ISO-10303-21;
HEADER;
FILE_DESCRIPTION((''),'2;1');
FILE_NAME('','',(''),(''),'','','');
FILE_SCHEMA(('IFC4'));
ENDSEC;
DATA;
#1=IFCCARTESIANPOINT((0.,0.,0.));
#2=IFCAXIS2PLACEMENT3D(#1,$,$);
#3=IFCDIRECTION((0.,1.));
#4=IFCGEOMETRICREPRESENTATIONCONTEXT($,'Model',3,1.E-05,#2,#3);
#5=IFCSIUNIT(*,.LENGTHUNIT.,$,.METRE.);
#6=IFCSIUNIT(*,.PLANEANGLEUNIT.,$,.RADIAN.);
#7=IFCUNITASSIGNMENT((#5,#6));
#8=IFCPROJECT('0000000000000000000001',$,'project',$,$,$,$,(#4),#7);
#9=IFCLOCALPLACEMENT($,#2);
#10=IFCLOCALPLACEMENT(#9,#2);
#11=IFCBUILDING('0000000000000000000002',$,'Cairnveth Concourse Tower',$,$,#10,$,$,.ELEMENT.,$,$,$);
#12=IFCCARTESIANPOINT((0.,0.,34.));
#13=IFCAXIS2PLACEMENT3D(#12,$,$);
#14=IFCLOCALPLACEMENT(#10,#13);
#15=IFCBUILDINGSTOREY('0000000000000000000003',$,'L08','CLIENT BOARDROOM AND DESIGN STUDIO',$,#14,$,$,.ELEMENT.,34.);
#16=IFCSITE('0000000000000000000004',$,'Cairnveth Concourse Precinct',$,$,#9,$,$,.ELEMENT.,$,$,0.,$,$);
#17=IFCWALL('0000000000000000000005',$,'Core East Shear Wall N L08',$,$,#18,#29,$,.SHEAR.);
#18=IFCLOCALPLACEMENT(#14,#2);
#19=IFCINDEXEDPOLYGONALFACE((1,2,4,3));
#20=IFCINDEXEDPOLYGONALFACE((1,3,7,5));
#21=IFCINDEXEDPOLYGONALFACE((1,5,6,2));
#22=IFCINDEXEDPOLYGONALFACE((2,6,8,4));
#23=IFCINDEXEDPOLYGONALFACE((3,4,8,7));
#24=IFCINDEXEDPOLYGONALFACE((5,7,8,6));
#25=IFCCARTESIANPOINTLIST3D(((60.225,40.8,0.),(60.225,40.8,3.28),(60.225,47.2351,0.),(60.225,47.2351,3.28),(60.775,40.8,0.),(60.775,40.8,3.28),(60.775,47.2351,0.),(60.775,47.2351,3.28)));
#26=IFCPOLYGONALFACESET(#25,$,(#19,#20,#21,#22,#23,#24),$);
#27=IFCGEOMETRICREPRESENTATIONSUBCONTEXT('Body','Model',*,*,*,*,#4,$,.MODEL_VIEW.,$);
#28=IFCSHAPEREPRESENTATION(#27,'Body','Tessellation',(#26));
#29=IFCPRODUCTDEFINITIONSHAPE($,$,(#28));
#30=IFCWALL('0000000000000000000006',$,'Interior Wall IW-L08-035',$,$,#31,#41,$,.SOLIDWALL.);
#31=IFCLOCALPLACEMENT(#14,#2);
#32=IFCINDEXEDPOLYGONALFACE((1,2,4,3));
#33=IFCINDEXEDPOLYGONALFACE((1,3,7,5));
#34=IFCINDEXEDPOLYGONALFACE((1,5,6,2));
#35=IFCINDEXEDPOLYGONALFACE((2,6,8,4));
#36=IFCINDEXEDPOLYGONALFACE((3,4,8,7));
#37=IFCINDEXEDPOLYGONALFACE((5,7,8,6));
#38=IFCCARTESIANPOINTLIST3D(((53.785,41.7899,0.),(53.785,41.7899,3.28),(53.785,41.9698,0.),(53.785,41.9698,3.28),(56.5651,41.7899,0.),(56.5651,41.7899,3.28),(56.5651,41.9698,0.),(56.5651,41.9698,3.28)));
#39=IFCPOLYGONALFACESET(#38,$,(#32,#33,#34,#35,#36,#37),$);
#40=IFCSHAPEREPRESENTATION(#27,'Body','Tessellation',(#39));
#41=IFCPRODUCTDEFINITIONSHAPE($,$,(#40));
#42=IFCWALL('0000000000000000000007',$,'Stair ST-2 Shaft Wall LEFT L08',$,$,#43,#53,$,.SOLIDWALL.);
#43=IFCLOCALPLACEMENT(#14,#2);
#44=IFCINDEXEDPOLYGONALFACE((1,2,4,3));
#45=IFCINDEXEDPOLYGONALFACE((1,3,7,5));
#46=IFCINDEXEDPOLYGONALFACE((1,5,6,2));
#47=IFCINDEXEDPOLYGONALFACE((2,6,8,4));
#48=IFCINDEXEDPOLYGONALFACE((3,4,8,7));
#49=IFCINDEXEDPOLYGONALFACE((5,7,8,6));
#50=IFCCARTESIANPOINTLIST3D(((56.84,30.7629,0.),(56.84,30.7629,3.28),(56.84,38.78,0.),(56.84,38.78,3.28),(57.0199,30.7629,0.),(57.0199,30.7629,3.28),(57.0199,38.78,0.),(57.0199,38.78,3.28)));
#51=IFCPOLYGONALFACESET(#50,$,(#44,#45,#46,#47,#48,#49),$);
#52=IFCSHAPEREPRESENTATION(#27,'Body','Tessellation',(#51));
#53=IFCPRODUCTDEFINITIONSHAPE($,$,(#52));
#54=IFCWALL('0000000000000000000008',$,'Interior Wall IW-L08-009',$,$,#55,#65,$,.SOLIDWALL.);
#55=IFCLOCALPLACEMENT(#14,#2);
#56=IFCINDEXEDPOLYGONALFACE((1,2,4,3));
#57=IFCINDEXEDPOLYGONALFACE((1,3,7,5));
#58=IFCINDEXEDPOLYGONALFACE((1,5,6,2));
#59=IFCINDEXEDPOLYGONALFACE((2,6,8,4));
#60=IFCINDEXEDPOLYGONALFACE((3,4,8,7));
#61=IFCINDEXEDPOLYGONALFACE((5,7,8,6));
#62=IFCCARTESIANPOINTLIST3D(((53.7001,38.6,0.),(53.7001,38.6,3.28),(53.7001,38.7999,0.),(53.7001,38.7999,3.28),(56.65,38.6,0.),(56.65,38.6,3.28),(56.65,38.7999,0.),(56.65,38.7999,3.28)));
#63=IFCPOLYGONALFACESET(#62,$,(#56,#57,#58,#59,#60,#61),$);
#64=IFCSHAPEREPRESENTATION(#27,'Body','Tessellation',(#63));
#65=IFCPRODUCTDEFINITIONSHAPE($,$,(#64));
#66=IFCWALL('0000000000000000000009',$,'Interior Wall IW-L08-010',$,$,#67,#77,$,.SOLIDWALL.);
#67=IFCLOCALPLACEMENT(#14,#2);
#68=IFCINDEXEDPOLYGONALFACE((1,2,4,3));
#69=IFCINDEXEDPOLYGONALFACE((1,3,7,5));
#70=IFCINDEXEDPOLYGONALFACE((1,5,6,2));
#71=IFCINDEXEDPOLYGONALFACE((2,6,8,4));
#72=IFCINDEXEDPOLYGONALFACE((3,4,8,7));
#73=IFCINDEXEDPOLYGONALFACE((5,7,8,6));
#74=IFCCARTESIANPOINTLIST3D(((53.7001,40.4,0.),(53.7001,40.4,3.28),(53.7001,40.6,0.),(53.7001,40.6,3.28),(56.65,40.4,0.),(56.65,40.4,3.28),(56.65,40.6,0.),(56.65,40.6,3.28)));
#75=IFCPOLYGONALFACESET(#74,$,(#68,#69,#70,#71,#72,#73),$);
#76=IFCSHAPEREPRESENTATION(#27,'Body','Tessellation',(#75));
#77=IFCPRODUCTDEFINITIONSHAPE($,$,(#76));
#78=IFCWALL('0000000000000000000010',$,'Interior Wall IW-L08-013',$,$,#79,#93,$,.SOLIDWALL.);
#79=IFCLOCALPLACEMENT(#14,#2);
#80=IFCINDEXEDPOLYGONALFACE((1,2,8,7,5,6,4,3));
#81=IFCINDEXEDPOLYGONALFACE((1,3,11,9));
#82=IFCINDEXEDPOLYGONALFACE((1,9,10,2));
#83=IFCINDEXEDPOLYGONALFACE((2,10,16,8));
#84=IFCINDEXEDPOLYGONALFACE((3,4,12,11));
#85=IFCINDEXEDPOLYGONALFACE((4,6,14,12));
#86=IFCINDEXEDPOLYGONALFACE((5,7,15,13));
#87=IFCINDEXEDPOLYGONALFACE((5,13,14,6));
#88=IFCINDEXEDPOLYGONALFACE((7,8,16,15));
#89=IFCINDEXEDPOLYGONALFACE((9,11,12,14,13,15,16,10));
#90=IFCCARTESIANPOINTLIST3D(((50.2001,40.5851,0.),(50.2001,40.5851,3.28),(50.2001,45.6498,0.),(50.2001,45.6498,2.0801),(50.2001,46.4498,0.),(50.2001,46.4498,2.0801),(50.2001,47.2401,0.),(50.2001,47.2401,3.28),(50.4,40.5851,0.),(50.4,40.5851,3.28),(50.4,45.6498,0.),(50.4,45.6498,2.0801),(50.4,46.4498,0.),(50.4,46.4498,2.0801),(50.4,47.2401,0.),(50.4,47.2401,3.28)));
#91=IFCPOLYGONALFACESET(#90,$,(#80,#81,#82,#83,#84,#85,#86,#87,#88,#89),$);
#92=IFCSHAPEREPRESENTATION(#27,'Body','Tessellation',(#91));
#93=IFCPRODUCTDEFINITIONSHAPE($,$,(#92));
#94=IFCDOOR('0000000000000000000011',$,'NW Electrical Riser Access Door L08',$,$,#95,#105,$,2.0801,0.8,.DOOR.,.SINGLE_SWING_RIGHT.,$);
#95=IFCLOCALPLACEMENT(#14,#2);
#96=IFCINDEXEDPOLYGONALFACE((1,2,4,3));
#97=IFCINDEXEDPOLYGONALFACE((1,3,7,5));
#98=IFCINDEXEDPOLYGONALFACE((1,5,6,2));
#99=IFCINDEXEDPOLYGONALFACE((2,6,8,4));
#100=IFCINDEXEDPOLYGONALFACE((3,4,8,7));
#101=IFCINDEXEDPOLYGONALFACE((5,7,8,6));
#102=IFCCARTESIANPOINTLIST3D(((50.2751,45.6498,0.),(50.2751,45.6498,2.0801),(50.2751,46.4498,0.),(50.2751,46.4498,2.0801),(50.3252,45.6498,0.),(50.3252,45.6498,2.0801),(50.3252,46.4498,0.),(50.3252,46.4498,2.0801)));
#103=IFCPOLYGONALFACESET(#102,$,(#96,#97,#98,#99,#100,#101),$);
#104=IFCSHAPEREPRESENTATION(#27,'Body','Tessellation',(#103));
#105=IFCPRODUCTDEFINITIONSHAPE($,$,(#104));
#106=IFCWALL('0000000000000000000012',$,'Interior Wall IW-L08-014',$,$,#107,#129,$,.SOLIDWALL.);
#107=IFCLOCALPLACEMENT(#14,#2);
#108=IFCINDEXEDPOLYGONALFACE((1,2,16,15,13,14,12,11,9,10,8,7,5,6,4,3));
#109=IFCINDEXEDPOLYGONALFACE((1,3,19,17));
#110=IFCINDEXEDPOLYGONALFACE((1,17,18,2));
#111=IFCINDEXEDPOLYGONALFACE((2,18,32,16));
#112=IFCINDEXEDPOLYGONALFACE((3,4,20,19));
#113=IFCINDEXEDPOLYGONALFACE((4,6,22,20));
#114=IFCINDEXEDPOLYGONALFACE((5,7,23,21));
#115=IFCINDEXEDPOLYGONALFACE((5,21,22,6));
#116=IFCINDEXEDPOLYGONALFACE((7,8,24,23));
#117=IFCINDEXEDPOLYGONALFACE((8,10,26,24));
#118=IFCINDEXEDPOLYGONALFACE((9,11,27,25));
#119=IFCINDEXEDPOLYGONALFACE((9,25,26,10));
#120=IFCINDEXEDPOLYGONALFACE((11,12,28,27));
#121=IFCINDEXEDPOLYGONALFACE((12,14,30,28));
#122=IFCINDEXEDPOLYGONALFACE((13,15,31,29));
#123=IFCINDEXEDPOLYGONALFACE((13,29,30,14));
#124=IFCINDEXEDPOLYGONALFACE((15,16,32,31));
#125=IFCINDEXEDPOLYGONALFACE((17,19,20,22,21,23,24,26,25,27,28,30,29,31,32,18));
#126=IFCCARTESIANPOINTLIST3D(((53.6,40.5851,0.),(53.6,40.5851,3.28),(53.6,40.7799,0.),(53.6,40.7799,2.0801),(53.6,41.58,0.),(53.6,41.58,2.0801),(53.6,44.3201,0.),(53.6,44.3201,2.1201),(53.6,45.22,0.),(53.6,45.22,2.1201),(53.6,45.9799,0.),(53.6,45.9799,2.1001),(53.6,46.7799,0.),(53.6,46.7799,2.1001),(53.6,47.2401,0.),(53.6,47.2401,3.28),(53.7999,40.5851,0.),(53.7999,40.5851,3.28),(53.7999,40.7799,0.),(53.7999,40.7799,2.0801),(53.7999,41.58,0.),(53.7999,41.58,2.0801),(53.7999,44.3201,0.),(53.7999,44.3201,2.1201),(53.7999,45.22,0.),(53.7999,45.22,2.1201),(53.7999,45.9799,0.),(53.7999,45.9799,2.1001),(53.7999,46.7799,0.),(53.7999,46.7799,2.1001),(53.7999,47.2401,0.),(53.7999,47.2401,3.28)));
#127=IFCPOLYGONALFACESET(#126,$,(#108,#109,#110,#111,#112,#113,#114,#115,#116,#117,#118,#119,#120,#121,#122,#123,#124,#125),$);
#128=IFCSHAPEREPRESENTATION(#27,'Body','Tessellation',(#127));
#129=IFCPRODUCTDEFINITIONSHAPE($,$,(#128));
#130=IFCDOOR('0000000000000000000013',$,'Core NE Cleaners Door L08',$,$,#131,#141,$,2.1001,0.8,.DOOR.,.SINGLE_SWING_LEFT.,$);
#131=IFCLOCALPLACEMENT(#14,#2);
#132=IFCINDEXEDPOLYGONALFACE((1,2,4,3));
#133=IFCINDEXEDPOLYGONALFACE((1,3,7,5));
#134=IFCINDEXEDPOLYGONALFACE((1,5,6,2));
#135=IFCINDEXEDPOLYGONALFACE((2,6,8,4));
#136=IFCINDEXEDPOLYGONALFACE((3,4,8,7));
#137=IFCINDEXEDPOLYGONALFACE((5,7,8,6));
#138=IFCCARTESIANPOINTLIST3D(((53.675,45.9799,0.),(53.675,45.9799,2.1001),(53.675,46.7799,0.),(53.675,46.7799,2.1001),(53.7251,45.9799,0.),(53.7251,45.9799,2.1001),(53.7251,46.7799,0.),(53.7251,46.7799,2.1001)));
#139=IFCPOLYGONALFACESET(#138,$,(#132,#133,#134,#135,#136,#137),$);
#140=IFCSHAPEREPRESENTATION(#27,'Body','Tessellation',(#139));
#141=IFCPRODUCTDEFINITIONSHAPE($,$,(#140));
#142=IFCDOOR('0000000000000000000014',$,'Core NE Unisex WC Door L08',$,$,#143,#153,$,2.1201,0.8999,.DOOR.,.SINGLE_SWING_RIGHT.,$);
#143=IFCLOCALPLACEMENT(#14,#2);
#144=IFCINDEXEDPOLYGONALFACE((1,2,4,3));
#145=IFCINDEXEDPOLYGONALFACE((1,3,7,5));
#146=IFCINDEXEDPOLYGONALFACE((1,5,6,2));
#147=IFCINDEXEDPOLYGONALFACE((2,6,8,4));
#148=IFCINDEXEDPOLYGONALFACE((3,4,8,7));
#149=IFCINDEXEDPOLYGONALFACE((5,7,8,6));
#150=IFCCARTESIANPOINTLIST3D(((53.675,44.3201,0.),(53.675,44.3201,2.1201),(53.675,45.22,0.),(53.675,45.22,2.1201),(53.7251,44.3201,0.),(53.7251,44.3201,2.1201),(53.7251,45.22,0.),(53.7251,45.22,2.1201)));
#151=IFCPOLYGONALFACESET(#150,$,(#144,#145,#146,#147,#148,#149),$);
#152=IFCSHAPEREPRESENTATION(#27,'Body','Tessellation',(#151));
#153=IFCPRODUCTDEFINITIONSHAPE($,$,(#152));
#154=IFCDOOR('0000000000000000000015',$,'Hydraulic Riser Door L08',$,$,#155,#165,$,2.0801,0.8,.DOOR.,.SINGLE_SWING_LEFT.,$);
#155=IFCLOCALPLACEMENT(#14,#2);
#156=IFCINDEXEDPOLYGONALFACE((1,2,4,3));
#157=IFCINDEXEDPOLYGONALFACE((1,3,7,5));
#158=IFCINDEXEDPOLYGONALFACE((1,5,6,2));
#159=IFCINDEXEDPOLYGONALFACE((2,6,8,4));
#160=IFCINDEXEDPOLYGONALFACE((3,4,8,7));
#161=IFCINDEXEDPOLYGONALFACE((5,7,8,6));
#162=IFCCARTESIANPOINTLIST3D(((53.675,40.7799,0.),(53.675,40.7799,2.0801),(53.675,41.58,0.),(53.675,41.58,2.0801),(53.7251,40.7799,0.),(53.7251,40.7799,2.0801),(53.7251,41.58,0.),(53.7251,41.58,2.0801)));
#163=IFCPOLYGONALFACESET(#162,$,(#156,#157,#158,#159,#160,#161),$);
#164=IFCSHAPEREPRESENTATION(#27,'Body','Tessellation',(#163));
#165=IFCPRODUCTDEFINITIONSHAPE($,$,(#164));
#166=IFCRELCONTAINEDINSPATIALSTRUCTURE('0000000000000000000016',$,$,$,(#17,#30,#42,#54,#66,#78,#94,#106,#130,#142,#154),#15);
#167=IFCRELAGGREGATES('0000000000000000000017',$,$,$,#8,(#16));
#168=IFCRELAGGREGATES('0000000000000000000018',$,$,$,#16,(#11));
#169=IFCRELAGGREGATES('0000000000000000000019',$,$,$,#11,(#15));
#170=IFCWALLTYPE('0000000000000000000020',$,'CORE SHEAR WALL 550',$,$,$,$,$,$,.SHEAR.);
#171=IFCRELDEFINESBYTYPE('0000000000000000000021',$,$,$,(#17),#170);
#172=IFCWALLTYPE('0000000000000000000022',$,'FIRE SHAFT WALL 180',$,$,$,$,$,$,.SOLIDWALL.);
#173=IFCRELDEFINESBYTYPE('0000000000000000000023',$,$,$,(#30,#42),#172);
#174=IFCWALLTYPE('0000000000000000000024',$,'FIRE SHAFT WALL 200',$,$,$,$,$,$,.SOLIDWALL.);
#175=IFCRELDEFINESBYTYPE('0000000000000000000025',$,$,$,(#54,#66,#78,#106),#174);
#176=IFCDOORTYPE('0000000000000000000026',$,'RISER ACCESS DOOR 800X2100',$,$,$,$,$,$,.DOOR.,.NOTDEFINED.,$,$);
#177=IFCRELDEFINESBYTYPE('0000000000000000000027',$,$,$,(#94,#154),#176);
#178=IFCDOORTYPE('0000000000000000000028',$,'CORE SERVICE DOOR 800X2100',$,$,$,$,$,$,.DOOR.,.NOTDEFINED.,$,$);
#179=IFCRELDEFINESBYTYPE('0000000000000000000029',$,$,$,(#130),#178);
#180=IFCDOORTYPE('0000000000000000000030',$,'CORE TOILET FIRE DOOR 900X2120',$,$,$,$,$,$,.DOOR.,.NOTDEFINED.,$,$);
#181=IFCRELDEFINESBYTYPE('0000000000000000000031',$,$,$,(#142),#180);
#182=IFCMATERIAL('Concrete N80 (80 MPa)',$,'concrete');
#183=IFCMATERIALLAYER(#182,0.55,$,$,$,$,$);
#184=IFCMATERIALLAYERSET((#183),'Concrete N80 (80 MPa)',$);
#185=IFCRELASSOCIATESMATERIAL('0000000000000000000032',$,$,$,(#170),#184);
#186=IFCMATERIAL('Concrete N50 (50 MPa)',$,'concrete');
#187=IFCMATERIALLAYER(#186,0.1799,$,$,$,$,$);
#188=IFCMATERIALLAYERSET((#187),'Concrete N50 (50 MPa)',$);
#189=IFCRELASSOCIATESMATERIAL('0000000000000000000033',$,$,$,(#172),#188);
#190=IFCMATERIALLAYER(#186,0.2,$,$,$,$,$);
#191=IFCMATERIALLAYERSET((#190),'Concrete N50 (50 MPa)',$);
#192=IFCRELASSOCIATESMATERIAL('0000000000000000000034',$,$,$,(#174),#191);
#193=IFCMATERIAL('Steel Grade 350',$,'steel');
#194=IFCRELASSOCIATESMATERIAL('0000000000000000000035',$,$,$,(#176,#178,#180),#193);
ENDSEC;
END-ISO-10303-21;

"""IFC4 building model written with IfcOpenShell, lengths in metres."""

from ifc_helpers import new_model, si_unit, direction, frame, frame_2d, origin, place, context, subcontext, project, spatial, rectangle, extrude, material, layer, layer_set, type_object, element, fill, save


model = new_model("IFC4")

# Units and contexts
model_context = context("Model", 3, precision=1e-05, world=origin(), true_north=direction((0.0, 1.0)))
body_context = subcontext(model_context, "Body", "Model", "MODEL_VIEW")
ifc_project = project(units=[si_unit("LENGTHUNIT", "METRE"), si_unit("PLANEANGLEUNIT", "RADIAN")], contexts=[model_context])

# Site, building, storey
site_placement = place(None, origin())
site = spatial("IfcSite", under=ifc_project, at=site_placement, Name="Cairnveth Concourse Precinct", CompositionType="ELEMENT", RefElevation=0.0)
building_placement = place(site_placement, origin())
building = spatial("IfcBuilding", under=site, at=building_placement, Name="Cairnveth Concourse Tower", CompositionType="ELEMENT")
storey_placement = place(building_placement, frame((0.0, 0.0, 34.0)))
storey = spatial("IfcBuildingStorey", under=building, at=storey_placement, Name="L08", Description="CLIENT BOARDROOM AND DESIGN STUDIO", CompositionType="ELEMENT", Elevation=34.0)

# Walls
ifc_material_1 = material(Name="Concrete N80 (80 MPa)", Category="concrete")
ifc_layer_1 = layer(ifc_material_1, 0.55)
ifc_layer_set_1 = layer_set([ifc_layer_1], Name="Concrete N80 (80 MPa)")
wall_type_1 = type_object("IfcWallType", Name="CORE SHEAR WALL 550", PredefinedType="SHEAR", material=ifc_layer_set_1)
wall_1_placement = place(storey_placement, frame((60.5, 40.8, 0.0), z_axis=(0.0, 0.0, 1.0), x_axis=(0.0, 1.0, 0.0)))
element("IfcWall", 1, at=wall_1_placement, inside=storey, type_object=wall_type_1, Name="Core East Shear Wall N L08", PredefinedType="SHEAR", context=body_context, shape_type="SweptSolid", body=[
    extrude(rectangle(XDim=6.4351, YDim=0.55, at=frame_2d((3.2175, 0.0))), origin(), (0.0, 0.0, 1.0), 3.28),
])
ifc_material_2 = material(Name="Concrete N50 (50 MPa)", Category="concrete")
ifc_layer_2 = layer(ifc_material_2, 0.1799)
ifc_layer_set_2 = layer_set([ifc_layer_2], Name="Concrete N50 (50 MPa)")
wall_type_2 = type_object("IfcWallType", Name="FIRE SHAFT WALL 180", PredefinedType="SOLIDWALL", material=ifc_layer_set_2)
wall_2_placement = place(storey_placement, frame((53.7849, 41.8799, 0.0), z_axis=(0.0, 0.0, 1.0), x_axis=(1.0, 0.0, 0.0)))
element("IfcWall", 2, at=wall_2_placement, inside=storey, type_object=wall_type_2, Name="Interior Wall IW-L08-035", PredefinedType="SOLIDWALL", context=body_context, shape_type="SweptSolid", body=[
    extrude(rectangle(XDim=2.78, YDim=0.1799, at=frame_2d((1.3901, 0.0))), origin(), (0.0, 0.0, 1.0), 3.28),
])

# Shared definitions
ifc_material_3 = material(Name="Steel Grade 350", Category="steel")

# Walls
wall_3_placement = place(storey_placement, frame((56.9299, 38.78, 0.0), z_axis=(0.0, 0.0, 1.0), x_axis=(0.0, -1.0, 0.0)))
element("IfcWall", 3, at=wall_3_placement, inside=storey, type_object=wall_type_2, Name="Stair ST-2 Shaft Wall LEFT L08", PredefinedType="SOLIDWALL", context=body_context, shape_type="SweptSolid", body=[
    extrude(rectangle(XDim=8.0171, YDim=0.1799, at=frame_2d((4.0085, 0.0))), origin(), (0.0, 0.0, 1.0), 3.28),
])
ifc_layer_3 = layer(ifc_material_2, 0.2)
ifc_layer_set_3 = layer_set([ifc_layer_3], Name="Concrete N50 (50 MPa)")
wall_type_3 = type_object("IfcWallType", Name="FIRE SHAFT WALL 200", PredefinedType="SOLIDWALL", material=ifc_layer_set_3)
for number, where, z_axis, x_axis, name in (
    (4, (53.7, 38.7, 0.0), (0.0, 0.0, 1.0), (1.0, 0.0, 0.0), "Interior Wall IW-L08-009"),
    (5, (53.7, 40.5, 0.0), (0.0, 0.0, 1.0), (1.0, 0.0, 0.0), "Interior Wall IW-L08-010"),
):
    element("IfcWall", number, at=place(storey_placement, frame(where, z_axis=z_axis, x_axis=x_axis)), inside=storey, type_object=wall_type_3, Name=name, PredefinedType="SOLIDWALL", context=body_context, shape_type="SweptSolid", body=[
        extrude(rectangle(XDim=2.95, YDim=0.2, at=frame_2d((1.4751, 0.0))), origin(), (0.0, 0.0, 1.0), 3.28),
    ])

# Wall, opening, door
wall_4_placement = place(storey_placement, frame((50.3, 40.585, 0.0), z_axis=(0.0, 0.0, 1.0), x_axis=(0.0, 1.0, 0.0)))
wall_4 = element("IfcWall", 6, at=wall_4_placement, inside=storey, type_object=wall_type_3, Name="Interior Wall IW-L08-013", PredefinedType="SOLIDWALL", context=body_context, shape_type="SweptSolid", body=[
    extrude(rectangle(XDim=6.655, YDim=0.2, at=frame_2d((3.3276, 0.0))), origin(), (0.0, 0.0, 1.0), 3.28),
])
opening_1_placement = place(wall_4_placement, frame((5.0649, 0.0, 0.0)))
opening_1 = element("IfcOpeningElement", 7, at=opening_1_placement, cuts=wall_4, PredefinedType="OPENING", context=body_context, shape_type="SweptSolid", body=[
    extrude(rectangle(XDim=0.8, YDim=2.0801, at=frame_2d((0.3999, 1.04))), frame((0.0, 0.1099, 0.0), z_axis=(0.0, -1.0, 0.0), x_axis=(1.0, 0.0, 0.0)), (0.0, 0.0, 1.0), 0.22),
])
door_type_1 = type_object("IfcDoorType", Name="RISER ACCESS DOOR 800X2100", OperationType="NOTDEFINED", PredefinedType="DOOR", material=ifc_material_3)
door_1_placement = place(opening_1_placement, origin())
door_1 = element("IfcDoor", 8, at=door_1_placement, inside=storey, type_object=door_type_1, Name="NW Electrical Riser Access Door L08", OperationType="SINGLE_SWING_RIGHT", OverallHeight=2.0801, OverallWidth=0.8, PredefinedType="DOOR", context=body_context, shape_type="SweptSolid", body=[
    extrude(rectangle(XDim=0.8, YDim=2.0801, at=frame_2d((0.3999, 1.04))), frame((0.0, 0.0249, 0.0), z_axis=(0.0, -1.0, 0.0), x_axis=(1.0, 0.0, 0.0)), (0.0, 0.0, 1.0), 0.05),
])
fill(opening_1, door_1)

# Wall, openings, doors
wall_5_placement = place(storey_placement, frame((53.7, 40.585, 0.0), z_axis=(0.0, 0.0, 1.0), x_axis=(0.0, 1.0, 0.0)))
wall_5 = element("IfcWall", 9, at=wall_5_placement, inside=storey, type_object=wall_type_3, Name="Interior Wall IW-L08-014", PredefinedType="SOLIDWALL", context=body_context, shape_type="SweptSolid", body=[
    extrude(rectangle(XDim=6.655, YDim=0.2, at=frame_2d((3.3276, 0.0))), origin(), (0.0, 0.0, 1.0), 3.28),
])
opening_2_placement = place(wall_5_placement, frame((0.1951, 0.0, 0.0)))
opening_2 = element("IfcOpeningElement", 10, at=opening_2_placement, cuts=wall_5, PredefinedType="OPENING", context=body_context, shape_type="SweptSolid", body=[
    extrude(rectangle(XDim=0.8, YDim=2.0801, at=frame_2d((0.3999, 1.04))), frame((0.0, 0.1099, 0.0), z_axis=(0.0, -1.0, 0.0), x_axis=(1.0, 0.0, 0.0)), (0.0, 0.0, 1.0), 0.22),
])
opening_3_placement = place(wall_5_placement, frame((3.7351, 0.0, 0.0)))
opening_3 = element("IfcOpeningElement", 11, at=opening_3_placement, cuts=wall_5, PredefinedType="OPENING", context=body_context, shape_type="SweptSolid", body=[
    extrude(rectangle(XDim=0.8999, YDim=2.1201, at=frame_2d((0.45, 1.0601))), frame((0.0, 0.1099, 0.0), z_axis=(0.0, -1.0, 0.0), x_axis=(1.0, 0.0, 0.0)), (0.0, 0.0, 1.0), 0.22),
])
opening_4_placement = place(wall_5_placement, frame((5.395, 0.0, 0.0)))
opening_4 = element("IfcOpeningElement", 12, at=opening_4_placement, cuts=wall_5, PredefinedType="OPENING", context=body_context, shape_type="SweptSolid", body=[
    extrude(rectangle(XDim=0.8, YDim=2.1001, at=frame_2d((0.3999, 1.05))), frame((0.0, 0.1099, 0.0), z_axis=(0.0, -1.0, 0.0), x_axis=(1.0, 0.0, 0.0)), (0.0, 0.0, 1.0), 0.22),
])
door_type_2 = type_object("IfcDoorType", Name="CORE SERVICE DOOR 800X2100", OperationType="NOTDEFINED", PredefinedType="DOOR", material=ifc_material_3)
door_2_placement = place(opening_4_placement, origin())
door_2 = element("IfcDoor", 13, at=door_2_placement, inside=storey, type_object=door_type_2, Name="Core NE Cleaners Door L08", OperationType="SINGLE_SWING_LEFT", OverallHeight=2.1001, OverallWidth=0.8, PredefinedType="DOOR", context=body_context, shape_type="SweptSolid", body=[
    extrude(rectangle(XDim=0.8, YDim=2.1001, at=frame_2d((0.3999, 1.05))), frame((0.0, 0.0249, 0.0), z_axis=(0.0, -1.0, 0.0), x_axis=(1.0, 0.0, 0.0)), (0.0, 0.0, 1.0), 0.05),
])
fill(opening_4, door_2)
door_type_3 = type_object("IfcDoorType", Name="CORE TOILET FIRE DOOR 900X2120", OperationType="NOTDEFINED", PredefinedType="DOOR", material=ifc_material_3)
door_3_placement = place(opening_3_placement, origin())
door_3 = element("IfcDoor", 14, at=door_3_placement, inside=storey, type_object=door_type_3, Name="Core NE Unisex WC Door L08", OperationType="SINGLE_SWING_RIGHT", OverallHeight=2.1201, OverallWidth=0.8999, PredefinedType="DOOR", context=body_context, shape_type="SweptSolid", body=[
    extrude(rectangle(XDim=0.8999, YDim=2.1201, at=frame_2d((0.45, 1.0601))), frame((0.0, 0.0249, 0.0), z_axis=(0.0, -1.0, 0.0), x_axis=(1.0, 0.0, 0.0)), (0.0, 0.0, 1.0), 0.05),
])
fill(opening_3, door_3)
door_4_placement = place(opening_2_placement, origin())
door_4 = element("IfcDoor", 15, at=door_4_placement, inside=storey, type_object=door_type_1, Name="Hydraulic Riser Door L08", OperationType="SINGLE_SWING_LEFT", OverallHeight=2.0801, OverallWidth=0.8, PredefinedType="DOOR", context=body_context, shape_type="SweptSolid", body=[
    extrude(rectangle(XDim=0.8, YDim=2.0801, at=frame_2d((0.3999, 1.04))), frame((0.0, 0.0249, 0.0), z_axis=(0.0, -1.0, 0.0), x_axis=(1.0, 0.0, 0.0)), (0.0, 0.0, 1.0), 0.05),
])
fill(opening_2, door_4)

save(model, "model.ifc")
